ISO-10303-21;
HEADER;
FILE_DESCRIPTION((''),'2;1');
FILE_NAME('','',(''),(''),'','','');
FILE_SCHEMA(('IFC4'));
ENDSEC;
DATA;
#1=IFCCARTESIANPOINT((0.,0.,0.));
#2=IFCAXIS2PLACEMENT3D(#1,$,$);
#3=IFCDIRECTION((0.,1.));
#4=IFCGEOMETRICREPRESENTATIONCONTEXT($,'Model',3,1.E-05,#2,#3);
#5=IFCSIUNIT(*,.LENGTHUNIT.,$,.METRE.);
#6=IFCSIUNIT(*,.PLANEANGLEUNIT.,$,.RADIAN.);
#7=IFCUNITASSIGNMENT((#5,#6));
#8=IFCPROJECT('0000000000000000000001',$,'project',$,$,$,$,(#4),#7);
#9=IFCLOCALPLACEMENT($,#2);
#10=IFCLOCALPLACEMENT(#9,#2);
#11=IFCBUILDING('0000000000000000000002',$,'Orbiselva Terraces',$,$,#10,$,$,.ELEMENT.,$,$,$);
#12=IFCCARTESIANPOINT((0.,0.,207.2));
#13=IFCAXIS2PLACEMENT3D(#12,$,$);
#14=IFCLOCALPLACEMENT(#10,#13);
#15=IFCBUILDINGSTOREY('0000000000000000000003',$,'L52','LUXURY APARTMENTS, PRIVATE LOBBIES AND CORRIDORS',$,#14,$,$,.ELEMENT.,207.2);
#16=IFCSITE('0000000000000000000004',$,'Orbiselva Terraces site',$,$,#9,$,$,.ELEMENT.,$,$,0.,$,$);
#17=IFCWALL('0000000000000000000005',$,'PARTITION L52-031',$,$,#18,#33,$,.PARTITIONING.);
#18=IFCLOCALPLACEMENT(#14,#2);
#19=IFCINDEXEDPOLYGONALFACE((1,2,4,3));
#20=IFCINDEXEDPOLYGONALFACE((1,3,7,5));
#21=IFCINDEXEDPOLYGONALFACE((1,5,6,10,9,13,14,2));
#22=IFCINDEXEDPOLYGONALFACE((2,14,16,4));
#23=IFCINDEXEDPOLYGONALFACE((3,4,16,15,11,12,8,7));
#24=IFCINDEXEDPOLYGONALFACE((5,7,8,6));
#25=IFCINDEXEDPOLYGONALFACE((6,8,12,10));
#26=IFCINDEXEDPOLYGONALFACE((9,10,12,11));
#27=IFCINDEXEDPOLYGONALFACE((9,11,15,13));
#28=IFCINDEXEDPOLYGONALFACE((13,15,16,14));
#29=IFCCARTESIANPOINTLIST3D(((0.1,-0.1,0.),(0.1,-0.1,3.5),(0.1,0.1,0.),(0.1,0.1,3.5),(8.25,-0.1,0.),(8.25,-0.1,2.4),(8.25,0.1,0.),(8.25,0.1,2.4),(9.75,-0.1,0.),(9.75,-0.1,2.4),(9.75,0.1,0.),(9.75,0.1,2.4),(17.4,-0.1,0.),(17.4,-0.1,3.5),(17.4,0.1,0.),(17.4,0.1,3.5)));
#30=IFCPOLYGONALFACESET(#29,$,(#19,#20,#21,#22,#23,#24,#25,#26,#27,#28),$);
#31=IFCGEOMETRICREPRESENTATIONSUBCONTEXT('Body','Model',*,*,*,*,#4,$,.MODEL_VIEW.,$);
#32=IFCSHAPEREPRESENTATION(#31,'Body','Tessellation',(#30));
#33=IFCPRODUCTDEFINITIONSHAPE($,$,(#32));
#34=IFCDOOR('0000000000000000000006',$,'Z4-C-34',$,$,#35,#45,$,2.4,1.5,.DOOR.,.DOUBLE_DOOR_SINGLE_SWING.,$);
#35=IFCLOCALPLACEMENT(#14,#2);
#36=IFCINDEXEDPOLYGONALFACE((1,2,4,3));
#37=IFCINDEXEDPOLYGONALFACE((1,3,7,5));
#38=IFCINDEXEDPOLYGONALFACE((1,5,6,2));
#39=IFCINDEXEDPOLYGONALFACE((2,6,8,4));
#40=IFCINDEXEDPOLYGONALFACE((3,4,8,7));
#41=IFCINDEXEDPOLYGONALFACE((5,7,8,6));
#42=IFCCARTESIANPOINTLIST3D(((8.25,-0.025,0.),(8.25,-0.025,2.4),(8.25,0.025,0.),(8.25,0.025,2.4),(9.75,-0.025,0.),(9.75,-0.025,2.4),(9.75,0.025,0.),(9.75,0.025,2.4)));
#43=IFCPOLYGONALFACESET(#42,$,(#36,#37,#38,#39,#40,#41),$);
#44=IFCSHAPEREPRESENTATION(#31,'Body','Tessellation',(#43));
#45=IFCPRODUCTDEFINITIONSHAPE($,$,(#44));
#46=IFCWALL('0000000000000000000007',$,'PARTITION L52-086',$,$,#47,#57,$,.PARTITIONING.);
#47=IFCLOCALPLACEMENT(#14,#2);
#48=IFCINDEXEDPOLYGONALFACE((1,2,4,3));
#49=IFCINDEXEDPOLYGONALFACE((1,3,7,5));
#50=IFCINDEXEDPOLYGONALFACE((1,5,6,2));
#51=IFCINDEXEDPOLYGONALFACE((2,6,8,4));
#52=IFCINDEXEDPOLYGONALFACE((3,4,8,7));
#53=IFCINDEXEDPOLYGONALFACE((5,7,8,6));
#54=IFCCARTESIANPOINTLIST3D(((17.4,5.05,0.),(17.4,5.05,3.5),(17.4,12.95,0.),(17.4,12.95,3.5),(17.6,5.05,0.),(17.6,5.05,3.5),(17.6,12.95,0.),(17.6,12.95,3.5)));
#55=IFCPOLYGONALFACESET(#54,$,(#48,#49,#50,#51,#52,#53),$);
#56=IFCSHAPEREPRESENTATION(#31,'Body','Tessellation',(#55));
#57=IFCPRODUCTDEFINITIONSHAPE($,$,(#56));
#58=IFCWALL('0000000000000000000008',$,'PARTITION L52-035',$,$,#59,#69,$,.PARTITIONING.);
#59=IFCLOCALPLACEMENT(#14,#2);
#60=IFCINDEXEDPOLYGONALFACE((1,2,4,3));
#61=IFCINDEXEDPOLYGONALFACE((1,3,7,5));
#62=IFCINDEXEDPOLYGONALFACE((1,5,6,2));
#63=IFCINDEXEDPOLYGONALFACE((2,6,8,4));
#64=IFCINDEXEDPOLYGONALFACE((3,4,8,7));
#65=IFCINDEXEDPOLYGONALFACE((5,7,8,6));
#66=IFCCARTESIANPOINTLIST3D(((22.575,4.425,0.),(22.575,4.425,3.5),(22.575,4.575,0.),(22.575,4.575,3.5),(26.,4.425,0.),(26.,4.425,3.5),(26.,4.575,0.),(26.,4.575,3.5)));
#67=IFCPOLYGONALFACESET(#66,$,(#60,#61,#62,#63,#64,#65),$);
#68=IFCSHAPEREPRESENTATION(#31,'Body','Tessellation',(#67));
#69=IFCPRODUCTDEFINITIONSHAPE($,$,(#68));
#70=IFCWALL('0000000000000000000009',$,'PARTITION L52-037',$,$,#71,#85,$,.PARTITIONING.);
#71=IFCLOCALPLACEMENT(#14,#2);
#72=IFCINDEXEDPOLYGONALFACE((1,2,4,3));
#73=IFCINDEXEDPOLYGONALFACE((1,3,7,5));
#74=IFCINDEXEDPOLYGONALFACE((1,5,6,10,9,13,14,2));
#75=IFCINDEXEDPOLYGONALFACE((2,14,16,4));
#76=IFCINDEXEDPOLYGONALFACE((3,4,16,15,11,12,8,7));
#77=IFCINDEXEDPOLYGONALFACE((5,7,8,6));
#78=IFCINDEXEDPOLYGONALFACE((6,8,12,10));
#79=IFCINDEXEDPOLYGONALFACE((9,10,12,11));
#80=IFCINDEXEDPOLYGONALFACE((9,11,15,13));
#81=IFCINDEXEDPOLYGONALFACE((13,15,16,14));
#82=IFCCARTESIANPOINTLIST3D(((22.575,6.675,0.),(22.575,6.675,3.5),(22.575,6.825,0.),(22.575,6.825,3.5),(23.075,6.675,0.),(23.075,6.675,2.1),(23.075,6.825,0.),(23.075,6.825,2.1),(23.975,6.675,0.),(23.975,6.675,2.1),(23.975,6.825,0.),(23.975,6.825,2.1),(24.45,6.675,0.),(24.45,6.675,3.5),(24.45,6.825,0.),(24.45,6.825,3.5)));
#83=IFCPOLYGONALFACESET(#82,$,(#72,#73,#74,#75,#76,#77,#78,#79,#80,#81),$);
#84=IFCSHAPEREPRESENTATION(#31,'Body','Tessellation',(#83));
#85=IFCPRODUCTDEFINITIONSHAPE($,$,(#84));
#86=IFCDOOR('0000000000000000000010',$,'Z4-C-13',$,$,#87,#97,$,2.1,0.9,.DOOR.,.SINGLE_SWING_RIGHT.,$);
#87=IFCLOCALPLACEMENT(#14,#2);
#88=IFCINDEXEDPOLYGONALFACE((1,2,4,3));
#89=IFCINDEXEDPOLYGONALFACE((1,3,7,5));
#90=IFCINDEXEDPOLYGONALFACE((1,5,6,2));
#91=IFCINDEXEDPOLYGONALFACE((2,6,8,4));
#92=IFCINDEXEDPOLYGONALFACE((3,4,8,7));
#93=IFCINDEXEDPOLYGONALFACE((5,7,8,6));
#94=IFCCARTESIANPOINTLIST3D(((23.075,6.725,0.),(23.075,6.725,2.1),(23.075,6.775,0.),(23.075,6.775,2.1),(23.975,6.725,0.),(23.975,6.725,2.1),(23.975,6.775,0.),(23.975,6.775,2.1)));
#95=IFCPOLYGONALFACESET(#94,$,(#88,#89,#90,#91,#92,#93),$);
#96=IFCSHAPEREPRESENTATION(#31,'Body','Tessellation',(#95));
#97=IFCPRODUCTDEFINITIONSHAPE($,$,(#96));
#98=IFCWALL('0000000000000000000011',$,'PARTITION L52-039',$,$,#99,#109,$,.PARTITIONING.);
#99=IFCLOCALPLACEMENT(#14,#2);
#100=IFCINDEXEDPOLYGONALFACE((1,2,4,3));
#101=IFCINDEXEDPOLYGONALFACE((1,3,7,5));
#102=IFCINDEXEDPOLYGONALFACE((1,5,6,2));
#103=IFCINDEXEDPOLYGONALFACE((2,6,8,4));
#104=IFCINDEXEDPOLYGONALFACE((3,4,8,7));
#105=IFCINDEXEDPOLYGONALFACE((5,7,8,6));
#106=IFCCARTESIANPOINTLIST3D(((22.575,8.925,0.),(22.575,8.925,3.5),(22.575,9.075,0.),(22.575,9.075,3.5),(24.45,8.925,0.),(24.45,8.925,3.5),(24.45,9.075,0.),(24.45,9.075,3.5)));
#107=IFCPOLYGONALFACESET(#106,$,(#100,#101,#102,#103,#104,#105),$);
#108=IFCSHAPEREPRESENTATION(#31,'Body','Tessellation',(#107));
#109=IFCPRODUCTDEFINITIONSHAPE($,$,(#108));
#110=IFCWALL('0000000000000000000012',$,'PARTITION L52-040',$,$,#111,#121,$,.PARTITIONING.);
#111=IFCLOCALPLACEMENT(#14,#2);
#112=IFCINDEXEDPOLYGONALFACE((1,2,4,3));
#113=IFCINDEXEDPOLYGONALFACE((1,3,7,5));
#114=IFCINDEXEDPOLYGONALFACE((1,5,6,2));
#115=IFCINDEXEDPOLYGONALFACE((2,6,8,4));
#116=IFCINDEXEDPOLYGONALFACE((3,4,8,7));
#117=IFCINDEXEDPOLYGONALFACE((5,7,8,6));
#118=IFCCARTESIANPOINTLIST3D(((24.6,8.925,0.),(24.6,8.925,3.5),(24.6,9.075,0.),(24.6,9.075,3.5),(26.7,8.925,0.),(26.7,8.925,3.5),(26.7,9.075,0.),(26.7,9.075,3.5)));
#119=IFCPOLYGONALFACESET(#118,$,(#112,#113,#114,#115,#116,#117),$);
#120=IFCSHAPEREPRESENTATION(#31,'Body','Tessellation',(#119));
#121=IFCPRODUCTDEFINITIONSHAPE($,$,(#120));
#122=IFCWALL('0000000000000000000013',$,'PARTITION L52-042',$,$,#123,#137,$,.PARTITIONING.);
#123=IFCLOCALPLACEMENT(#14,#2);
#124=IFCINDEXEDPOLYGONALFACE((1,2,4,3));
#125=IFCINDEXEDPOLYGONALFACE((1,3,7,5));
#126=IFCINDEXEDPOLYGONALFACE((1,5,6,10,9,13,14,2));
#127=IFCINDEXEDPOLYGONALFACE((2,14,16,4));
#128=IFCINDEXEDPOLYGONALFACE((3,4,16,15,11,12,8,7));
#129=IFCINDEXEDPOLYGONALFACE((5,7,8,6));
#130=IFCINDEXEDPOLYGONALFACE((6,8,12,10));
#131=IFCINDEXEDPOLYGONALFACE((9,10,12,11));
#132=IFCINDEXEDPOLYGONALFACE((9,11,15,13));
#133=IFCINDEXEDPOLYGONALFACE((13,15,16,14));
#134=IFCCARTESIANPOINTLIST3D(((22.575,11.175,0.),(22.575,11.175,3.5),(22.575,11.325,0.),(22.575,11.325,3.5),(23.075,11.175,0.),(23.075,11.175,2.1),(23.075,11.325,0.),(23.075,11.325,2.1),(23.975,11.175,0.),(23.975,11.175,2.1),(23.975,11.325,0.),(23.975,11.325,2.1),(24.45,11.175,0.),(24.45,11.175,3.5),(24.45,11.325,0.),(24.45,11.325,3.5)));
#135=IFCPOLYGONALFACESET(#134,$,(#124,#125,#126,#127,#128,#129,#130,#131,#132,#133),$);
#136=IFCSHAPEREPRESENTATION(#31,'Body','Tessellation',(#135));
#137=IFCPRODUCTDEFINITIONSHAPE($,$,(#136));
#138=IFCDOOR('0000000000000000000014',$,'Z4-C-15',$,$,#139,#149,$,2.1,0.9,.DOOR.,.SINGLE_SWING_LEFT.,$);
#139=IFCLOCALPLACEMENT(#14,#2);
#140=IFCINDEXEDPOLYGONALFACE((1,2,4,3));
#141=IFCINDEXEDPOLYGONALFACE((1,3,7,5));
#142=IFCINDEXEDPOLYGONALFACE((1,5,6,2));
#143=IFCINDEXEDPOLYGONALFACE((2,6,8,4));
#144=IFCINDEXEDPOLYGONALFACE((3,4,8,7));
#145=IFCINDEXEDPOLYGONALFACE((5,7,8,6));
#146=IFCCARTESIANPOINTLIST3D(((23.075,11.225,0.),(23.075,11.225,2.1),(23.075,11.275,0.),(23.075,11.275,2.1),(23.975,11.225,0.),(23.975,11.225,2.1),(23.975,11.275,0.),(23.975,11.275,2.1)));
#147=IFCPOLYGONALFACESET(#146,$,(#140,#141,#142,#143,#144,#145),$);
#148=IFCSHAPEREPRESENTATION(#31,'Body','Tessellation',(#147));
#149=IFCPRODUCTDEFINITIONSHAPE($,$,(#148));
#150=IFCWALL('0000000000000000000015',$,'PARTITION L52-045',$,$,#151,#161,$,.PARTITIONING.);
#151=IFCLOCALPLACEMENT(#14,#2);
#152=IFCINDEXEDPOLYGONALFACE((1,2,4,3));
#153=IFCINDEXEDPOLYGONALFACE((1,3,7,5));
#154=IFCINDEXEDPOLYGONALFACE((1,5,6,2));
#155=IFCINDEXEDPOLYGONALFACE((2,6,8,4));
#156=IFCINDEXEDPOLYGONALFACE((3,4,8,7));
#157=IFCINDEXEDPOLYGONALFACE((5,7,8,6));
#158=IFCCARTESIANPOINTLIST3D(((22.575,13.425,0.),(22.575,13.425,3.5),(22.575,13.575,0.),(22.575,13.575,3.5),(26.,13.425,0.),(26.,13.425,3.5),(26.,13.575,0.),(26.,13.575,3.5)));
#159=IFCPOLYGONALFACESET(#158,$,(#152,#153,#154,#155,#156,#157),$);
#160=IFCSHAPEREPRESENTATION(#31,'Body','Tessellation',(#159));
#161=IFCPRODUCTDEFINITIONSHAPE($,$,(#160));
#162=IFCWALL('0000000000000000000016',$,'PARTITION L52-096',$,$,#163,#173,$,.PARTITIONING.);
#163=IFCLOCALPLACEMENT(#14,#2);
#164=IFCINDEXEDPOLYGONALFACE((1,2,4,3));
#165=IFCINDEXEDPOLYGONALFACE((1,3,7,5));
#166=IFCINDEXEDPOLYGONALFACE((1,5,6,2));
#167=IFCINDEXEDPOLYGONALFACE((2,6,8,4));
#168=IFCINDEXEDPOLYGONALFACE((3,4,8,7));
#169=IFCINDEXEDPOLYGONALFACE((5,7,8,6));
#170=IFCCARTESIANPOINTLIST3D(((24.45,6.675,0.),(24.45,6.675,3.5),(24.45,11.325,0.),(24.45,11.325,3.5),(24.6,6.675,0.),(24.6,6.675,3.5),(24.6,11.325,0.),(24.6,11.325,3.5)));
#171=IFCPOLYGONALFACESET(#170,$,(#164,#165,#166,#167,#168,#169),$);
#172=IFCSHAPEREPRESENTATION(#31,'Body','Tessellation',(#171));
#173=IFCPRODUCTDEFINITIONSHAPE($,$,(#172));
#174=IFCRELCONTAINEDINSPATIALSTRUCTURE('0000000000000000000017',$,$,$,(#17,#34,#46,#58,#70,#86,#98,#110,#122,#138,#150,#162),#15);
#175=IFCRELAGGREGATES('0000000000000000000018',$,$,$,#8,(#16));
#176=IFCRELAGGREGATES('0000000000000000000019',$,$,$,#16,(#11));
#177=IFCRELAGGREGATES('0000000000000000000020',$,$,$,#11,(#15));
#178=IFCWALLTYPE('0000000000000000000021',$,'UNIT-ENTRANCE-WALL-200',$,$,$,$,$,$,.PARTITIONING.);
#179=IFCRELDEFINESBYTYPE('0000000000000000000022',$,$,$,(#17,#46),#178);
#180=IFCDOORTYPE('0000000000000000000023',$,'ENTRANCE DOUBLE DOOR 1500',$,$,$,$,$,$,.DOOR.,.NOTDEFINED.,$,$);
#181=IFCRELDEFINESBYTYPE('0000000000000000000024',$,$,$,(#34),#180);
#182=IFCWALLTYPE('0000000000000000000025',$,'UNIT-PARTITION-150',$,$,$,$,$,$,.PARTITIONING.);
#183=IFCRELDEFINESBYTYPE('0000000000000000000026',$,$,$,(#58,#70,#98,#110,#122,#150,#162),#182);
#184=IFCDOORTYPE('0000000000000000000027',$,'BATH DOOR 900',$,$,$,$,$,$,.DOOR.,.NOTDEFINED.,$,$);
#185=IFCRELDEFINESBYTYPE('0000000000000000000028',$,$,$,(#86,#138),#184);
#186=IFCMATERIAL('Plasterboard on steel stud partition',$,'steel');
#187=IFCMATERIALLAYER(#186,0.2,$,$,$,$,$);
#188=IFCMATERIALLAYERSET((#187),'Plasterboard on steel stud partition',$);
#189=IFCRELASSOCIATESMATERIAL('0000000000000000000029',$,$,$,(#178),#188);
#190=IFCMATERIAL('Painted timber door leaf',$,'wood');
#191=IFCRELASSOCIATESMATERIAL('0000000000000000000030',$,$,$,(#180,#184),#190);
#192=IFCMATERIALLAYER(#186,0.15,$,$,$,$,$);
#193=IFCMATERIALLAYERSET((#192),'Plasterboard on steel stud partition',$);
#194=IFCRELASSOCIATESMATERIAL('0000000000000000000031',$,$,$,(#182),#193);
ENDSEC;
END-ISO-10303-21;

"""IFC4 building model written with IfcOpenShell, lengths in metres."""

from ifc_helpers import new_model, si_unit, direction, frame, frame_2d, origin, place, context, subcontext, project, spatial, rectangle, extrude, material, layer, layer_set, type_object, element, fill, save


model = new_model("IFC4")

# Units and contexts
model_context = context("Model", 3, precision=1e-05, world=origin(), true_north=direction((0.0, 1.0)))
body_context = subcontext(model_context, "Body", "Model", "MODEL_VIEW")
ifc_project = project(units=[si_unit("LENGTHUNIT", "METRE"), si_unit("PLANEANGLEUNIT", "RADIAN")], contexts=[model_context])

# Site, building, storey
site_placement = place(None, origin())
site = spatial("IfcSite", under=ifc_project, at=site_placement, Name="Orbiselva Terraces site", CompositionType="ELEMENT", RefElevation=0.0)
building_placement = place(site_placement, origin())
building = spatial("IfcBuilding", under=site, at=building_placement, Name="Orbiselva Terraces", CompositionType="ELEMENT")
storey_placement = place(building_placement, frame((0.0, 0.0, 207.2)))
storey = spatial("IfcBuildingStorey", under=building, at=storey_placement, Name="L52", Description="LUXURY APARTMENTS, PRIVATE LOBBIES AND CORRIDORS", CompositionType="ELEMENT", Elevation=207.2)

# Wall, opening, door
ifc_material_1 = material(Name="Plasterboard on steel stud partition", Category="steel")
ifc_layer_1 = layer(ifc_material_1, 0.2)
ifc_layer_set_1 = layer_set([ifc_layer_1], Name="Plasterboard on steel stud partition")
wall_type_1 = type_object("IfcWallType", Name="UNIT-ENTRANCE-WALL-200", PredefinedType="PARTITIONING", material=ifc_layer_set_1)
wall_1_placement = place(storey_placement, frame((17.4, 0.0, 0.0), z_axis=(0.0, 0.0, 1.0), x_axis=(-1.0, 0.0, 0.0)))
wall_1 = element("IfcWall", 1, at=wall_1_placement, inside=storey, type_object=wall_type_1, Name="PARTITION L52-031", PredefinedType="PARTITIONING", context=body_context, shape_type="SweptSolid", body=[
    extrude(rectangle(XDim=17.3, YDim=0.2, at=frame_2d((8.65, 0.0))), origin(), (0.0, 0.0, 1.0), 3.5),
])
opening_1_placement = place(wall_1_placement, frame((7.65, 0.0, 0.0)))
opening_1 = element("IfcOpeningElement", 2, at=opening_1_placement, cuts=wall_1, PredefinedType="OPENING", context=body_context, shape_type="SweptSolid", body=[
    extrude(rectangle(XDim=1.5, YDim=2.4, at=frame_2d((0.75, 1.2))), frame((0.0, 0.11, 0.0), z_axis=(0.0, -1.0, 0.0), x_axis=(1.0, 0.0, 0.0)), (0.0, 0.0, 1.0), 0.22),
])
ifc_material_2 = material(Name="Painted timber door leaf", Category="wood")
door_type_1 = type_object("IfcDoorType", Name="ENTRANCE DOUBLE DOOR 1500", OperationType="NOTDEFINED", PredefinedType="DOOR", material=ifc_material_2)
door_1_placement = place(opening_1_placement, origin())
door_1 = element("IfcDoor", 3, at=door_1_placement, inside=storey, type_object=door_type_1, Name="Z4-C-34", OperationType="DOUBLE_DOOR_SINGLE_SWING", OverallHeight=2.4, OverallWidth=1.5, PredefinedType="DOOR", context=body_context, shape_type="SweptSolid", body=[
    extrude(rectangle(XDim=1.5, YDim=2.4, at=frame_2d((0.75, 1.2))), frame((0.0, 0.025, 0.0), z_axis=(0.0, -1.0, 0.0), x_axis=(1.0, 0.0, 0.0)), (0.0, 0.0, 1.0), 0.05),
])
fill(opening_1, door_1)

# Walls
wall_2_placement = place(storey_placement, frame((17.5, 5.05, 0.0), z_axis=(0.0, 0.0, 1.0), x_axis=(0.0, 1.0, 0.0)))
element("IfcWall", 4, at=wall_2_placement, inside=storey, type_object=wall_type_1, Name="PARTITION L52-086", PredefinedType="PARTITIONING", context=body_context, shape_type="SweptSolid", body=[
    extrude(rectangle(XDim=7.9, YDim=0.2, at=frame_2d((3.95, 0.0))), origin(), (0.0, 0.0, 1.0), 3.5),
])
ifc_layer_2 = layer(ifc_material_1, 0.15)
ifc_layer_set_2 = layer_set([ifc_layer_2], Name="Plasterboard on steel stud partition")
wall_type_2 = type_object("IfcWallType", Name="UNIT-PARTITION-150", PredefinedType="PARTITIONING", material=ifc_layer_set_2)
wall_3_placement = place(storey_placement, frame((22.575, 4.5, 0.0), z_axis=(0.0, 0.0, 1.0), x_axis=(1.0, 0.0, 0.0)))
element("IfcWall", 5, at=wall_3_placement, inside=storey, type_object=wall_type_2, Name="PARTITION L52-035", PredefinedType="PARTITIONING", context=body_context, shape_type="SweptSolid", body=[
    extrude(rectangle(XDim=3.425, YDim=0.15, at=frame_2d((1.7125, 0.0))), origin(), (0.0, 0.0, 1.0), 3.5),
])

# Wall, opening, door
wall_4_placement = place(storey_placement, frame((22.575, 6.75, 0.0), z_axis=(0.0, 0.0, 1.0), x_axis=(1.0, 0.0, 0.0)))
wall_4 = element("IfcWall", 6, at=wall_4_placement, inside=storey, type_object=wall_type_2, Name="PARTITION L52-037", PredefinedType="PARTITIONING", context=body_context, shape_type="SweptSolid", body=[
    extrude(rectangle(XDim=1.875, YDim=0.15, at=frame_2d((0.9375, 0.0))), origin(), (0.0, 0.0, 1.0), 3.5),
])
opening_2_placement = place(wall_4_placement, frame((0.5, 0.0, 0.0)))
opening_2 = element("IfcOpeningElement", 7, at=opening_2_placement, cuts=wall_4, PredefinedType="OPENING", context=body_context, shape_type="SweptSolid", body=[
    extrude(rectangle(XDim=0.9, YDim=2.1, at=frame_2d((0.45, 1.05))), frame((0.0, 0.085, 0.0), z_axis=(0.0, -1.0, 0.0), x_axis=(1.0, 0.0, 0.0)), (0.0, 0.0, 1.0), 0.17),
])
door_type_2 = type_object("IfcDoorType", Name="BATH DOOR 900", OperationType="NOTDEFINED", PredefinedType="DOOR", material=ifc_material_2)
door_2_placement = place(opening_2_placement, origin())
door_2 = element("IfcDoor", 8, at=door_2_placement, inside=storey, type_object=door_type_2, Name="Z4-C-13", OperationType="SINGLE_SWING_RIGHT", OverallHeight=2.1, OverallWidth=0.9, PredefinedType="DOOR", context=body_context, shape_type="SweptSolid", body=[
    extrude(rectangle(XDim=0.9, YDim=2.1, at=frame_2d((0.45, 1.05))), frame((0.0, 0.025, 0.0), z_axis=(0.0, -1.0, 0.0), x_axis=(1.0, 0.0, 0.0)), (0.0, 0.0, 1.0), 0.05),
])
fill(opening_2, door_2)

# Walls
wall_5_placement = place(storey_placement, frame((22.575, 9.0, 0.0), z_axis=(0.0, 0.0, 1.0), x_axis=(1.0, 0.0, 0.0)))
element("IfcWall", 9, at=wall_5_placement, inside=storey, type_object=wall_type_2, Name="PARTITION L52-039", PredefinedType="PARTITIONING", context=body_context, shape_type="SweptSolid", body=[
    extrude(rectangle(XDim=1.875, YDim=0.15, at=frame_2d((0.9375, 0.0))), origin(), (0.0, 0.0, 1.0), 3.5),
])
wall_6_placement = place(storey_placement, frame((24.6, 9.0, 0.0), z_axis=(0.0, 0.0, 1.0), x_axis=(1.0, 0.0, 0.0)))
element("IfcWall", 10, at=wall_6_placement, inside=storey, type_object=wall_type_2, Name="PARTITION L52-040", PredefinedType="PARTITIONING", context=body_context, shape_type="SweptSolid", body=[
    extrude(rectangle(XDim=2.1, YDim=0.15, at=frame_2d((1.05, 0.0))), origin(), (0.0, 0.0, 1.0), 3.5),
])

# Wall, opening, door
wall_7_placement = place(storey_placement, frame((24.45, 11.25, 0.0), z_axis=(0.0, 0.0, 1.0), x_axis=(-1.0, 0.0, 0.0)))
wall_7 = element("IfcWall", 11, at=wall_7_placement, inside=storey, type_object=wall_type_2, Name="PARTITION L52-042", PredefinedType="PARTITIONING", context=body_context, shape_type="SweptSolid", body=[
    extrude(rectangle(XDim=1.875, YDim=0.15, at=frame_2d((0.9375, 0.0))), origin(), (0.0, 0.0, 1.0), 3.5),
])
opening_3_placement = place(wall_7_placement, frame((0.475, 0.0, 0.0)))
opening_3 = element("IfcOpeningElement", 12, at=opening_3_placement, cuts=wall_7, PredefinedType="OPENING", context=body_context, shape_type="SweptSolid", body=[
    extrude(rectangle(XDim=0.9, YDim=2.1, at=frame_2d((0.45, 1.05))), frame((0.0, 0.085, 0.0), z_axis=(0.0, -1.0, 0.0), x_axis=(1.0, 0.0, 0.0)), (0.0, 0.0, 1.0), 0.17),
])
door_3_placement = place(opening_3_placement, origin())
door_3 = element("IfcDoor", 13, at=door_3_placement, inside=storey, type_object=door_type_2, Name="Z4-C-15", OperationType="SINGLE_SWING_LEFT", OverallHeight=2.1, OverallWidth=0.9, PredefinedType="DOOR", context=body_context, shape_type="SweptSolid", body=[
    extrude(rectangle(XDim=0.9, YDim=2.1, at=frame_2d((0.45, 1.05))), frame((0.0, 0.025, 0.0), z_axis=(0.0, -1.0, 0.0), x_axis=(1.0, 0.0, 0.0)), (0.0, 0.0, 1.0), 0.05),
])
fill(opening_3, door_3)

# Walls
wall_8_placement = place(storey_placement, frame((22.575, 13.5, 0.0), z_axis=(0.0, 0.0, 1.0), x_axis=(1.0, 0.0, 0.0)))
element("IfcWall", 14, at=wall_8_placement, inside=storey, type_object=wall_type_2, Name="PARTITION L52-045", PredefinedType="PARTITIONING", context=body_context, shape_type="SweptSolid", body=[
    extrude(rectangle(XDim=3.425, YDim=0.15, at=frame_2d((1.7125, 0.0))), origin(), (0.0, 0.0, 1.0), 3.5),
])
wall_9_placement = place(storey_placement, frame((24.525, 6.675, 0.0), z_axis=(0.0, 0.0, 1.0), x_axis=(0.0, 1.0, 0.0)))
element("IfcWall", 15, at=wall_9_placement, inside=storey, type_object=wall_type_2, Name="PARTITION L52-096", PredefinedType="PARTITIONING", context=body_context, shape_type="SweptSolid", body=[
    extrude(rectangle(XDim=4.65, YDim=0.15, at=frame_2d((2.325, 0.0))), origin(), (0.0, 0.0, 1.0), 3.5),
])

save(model, "model.ifc")
